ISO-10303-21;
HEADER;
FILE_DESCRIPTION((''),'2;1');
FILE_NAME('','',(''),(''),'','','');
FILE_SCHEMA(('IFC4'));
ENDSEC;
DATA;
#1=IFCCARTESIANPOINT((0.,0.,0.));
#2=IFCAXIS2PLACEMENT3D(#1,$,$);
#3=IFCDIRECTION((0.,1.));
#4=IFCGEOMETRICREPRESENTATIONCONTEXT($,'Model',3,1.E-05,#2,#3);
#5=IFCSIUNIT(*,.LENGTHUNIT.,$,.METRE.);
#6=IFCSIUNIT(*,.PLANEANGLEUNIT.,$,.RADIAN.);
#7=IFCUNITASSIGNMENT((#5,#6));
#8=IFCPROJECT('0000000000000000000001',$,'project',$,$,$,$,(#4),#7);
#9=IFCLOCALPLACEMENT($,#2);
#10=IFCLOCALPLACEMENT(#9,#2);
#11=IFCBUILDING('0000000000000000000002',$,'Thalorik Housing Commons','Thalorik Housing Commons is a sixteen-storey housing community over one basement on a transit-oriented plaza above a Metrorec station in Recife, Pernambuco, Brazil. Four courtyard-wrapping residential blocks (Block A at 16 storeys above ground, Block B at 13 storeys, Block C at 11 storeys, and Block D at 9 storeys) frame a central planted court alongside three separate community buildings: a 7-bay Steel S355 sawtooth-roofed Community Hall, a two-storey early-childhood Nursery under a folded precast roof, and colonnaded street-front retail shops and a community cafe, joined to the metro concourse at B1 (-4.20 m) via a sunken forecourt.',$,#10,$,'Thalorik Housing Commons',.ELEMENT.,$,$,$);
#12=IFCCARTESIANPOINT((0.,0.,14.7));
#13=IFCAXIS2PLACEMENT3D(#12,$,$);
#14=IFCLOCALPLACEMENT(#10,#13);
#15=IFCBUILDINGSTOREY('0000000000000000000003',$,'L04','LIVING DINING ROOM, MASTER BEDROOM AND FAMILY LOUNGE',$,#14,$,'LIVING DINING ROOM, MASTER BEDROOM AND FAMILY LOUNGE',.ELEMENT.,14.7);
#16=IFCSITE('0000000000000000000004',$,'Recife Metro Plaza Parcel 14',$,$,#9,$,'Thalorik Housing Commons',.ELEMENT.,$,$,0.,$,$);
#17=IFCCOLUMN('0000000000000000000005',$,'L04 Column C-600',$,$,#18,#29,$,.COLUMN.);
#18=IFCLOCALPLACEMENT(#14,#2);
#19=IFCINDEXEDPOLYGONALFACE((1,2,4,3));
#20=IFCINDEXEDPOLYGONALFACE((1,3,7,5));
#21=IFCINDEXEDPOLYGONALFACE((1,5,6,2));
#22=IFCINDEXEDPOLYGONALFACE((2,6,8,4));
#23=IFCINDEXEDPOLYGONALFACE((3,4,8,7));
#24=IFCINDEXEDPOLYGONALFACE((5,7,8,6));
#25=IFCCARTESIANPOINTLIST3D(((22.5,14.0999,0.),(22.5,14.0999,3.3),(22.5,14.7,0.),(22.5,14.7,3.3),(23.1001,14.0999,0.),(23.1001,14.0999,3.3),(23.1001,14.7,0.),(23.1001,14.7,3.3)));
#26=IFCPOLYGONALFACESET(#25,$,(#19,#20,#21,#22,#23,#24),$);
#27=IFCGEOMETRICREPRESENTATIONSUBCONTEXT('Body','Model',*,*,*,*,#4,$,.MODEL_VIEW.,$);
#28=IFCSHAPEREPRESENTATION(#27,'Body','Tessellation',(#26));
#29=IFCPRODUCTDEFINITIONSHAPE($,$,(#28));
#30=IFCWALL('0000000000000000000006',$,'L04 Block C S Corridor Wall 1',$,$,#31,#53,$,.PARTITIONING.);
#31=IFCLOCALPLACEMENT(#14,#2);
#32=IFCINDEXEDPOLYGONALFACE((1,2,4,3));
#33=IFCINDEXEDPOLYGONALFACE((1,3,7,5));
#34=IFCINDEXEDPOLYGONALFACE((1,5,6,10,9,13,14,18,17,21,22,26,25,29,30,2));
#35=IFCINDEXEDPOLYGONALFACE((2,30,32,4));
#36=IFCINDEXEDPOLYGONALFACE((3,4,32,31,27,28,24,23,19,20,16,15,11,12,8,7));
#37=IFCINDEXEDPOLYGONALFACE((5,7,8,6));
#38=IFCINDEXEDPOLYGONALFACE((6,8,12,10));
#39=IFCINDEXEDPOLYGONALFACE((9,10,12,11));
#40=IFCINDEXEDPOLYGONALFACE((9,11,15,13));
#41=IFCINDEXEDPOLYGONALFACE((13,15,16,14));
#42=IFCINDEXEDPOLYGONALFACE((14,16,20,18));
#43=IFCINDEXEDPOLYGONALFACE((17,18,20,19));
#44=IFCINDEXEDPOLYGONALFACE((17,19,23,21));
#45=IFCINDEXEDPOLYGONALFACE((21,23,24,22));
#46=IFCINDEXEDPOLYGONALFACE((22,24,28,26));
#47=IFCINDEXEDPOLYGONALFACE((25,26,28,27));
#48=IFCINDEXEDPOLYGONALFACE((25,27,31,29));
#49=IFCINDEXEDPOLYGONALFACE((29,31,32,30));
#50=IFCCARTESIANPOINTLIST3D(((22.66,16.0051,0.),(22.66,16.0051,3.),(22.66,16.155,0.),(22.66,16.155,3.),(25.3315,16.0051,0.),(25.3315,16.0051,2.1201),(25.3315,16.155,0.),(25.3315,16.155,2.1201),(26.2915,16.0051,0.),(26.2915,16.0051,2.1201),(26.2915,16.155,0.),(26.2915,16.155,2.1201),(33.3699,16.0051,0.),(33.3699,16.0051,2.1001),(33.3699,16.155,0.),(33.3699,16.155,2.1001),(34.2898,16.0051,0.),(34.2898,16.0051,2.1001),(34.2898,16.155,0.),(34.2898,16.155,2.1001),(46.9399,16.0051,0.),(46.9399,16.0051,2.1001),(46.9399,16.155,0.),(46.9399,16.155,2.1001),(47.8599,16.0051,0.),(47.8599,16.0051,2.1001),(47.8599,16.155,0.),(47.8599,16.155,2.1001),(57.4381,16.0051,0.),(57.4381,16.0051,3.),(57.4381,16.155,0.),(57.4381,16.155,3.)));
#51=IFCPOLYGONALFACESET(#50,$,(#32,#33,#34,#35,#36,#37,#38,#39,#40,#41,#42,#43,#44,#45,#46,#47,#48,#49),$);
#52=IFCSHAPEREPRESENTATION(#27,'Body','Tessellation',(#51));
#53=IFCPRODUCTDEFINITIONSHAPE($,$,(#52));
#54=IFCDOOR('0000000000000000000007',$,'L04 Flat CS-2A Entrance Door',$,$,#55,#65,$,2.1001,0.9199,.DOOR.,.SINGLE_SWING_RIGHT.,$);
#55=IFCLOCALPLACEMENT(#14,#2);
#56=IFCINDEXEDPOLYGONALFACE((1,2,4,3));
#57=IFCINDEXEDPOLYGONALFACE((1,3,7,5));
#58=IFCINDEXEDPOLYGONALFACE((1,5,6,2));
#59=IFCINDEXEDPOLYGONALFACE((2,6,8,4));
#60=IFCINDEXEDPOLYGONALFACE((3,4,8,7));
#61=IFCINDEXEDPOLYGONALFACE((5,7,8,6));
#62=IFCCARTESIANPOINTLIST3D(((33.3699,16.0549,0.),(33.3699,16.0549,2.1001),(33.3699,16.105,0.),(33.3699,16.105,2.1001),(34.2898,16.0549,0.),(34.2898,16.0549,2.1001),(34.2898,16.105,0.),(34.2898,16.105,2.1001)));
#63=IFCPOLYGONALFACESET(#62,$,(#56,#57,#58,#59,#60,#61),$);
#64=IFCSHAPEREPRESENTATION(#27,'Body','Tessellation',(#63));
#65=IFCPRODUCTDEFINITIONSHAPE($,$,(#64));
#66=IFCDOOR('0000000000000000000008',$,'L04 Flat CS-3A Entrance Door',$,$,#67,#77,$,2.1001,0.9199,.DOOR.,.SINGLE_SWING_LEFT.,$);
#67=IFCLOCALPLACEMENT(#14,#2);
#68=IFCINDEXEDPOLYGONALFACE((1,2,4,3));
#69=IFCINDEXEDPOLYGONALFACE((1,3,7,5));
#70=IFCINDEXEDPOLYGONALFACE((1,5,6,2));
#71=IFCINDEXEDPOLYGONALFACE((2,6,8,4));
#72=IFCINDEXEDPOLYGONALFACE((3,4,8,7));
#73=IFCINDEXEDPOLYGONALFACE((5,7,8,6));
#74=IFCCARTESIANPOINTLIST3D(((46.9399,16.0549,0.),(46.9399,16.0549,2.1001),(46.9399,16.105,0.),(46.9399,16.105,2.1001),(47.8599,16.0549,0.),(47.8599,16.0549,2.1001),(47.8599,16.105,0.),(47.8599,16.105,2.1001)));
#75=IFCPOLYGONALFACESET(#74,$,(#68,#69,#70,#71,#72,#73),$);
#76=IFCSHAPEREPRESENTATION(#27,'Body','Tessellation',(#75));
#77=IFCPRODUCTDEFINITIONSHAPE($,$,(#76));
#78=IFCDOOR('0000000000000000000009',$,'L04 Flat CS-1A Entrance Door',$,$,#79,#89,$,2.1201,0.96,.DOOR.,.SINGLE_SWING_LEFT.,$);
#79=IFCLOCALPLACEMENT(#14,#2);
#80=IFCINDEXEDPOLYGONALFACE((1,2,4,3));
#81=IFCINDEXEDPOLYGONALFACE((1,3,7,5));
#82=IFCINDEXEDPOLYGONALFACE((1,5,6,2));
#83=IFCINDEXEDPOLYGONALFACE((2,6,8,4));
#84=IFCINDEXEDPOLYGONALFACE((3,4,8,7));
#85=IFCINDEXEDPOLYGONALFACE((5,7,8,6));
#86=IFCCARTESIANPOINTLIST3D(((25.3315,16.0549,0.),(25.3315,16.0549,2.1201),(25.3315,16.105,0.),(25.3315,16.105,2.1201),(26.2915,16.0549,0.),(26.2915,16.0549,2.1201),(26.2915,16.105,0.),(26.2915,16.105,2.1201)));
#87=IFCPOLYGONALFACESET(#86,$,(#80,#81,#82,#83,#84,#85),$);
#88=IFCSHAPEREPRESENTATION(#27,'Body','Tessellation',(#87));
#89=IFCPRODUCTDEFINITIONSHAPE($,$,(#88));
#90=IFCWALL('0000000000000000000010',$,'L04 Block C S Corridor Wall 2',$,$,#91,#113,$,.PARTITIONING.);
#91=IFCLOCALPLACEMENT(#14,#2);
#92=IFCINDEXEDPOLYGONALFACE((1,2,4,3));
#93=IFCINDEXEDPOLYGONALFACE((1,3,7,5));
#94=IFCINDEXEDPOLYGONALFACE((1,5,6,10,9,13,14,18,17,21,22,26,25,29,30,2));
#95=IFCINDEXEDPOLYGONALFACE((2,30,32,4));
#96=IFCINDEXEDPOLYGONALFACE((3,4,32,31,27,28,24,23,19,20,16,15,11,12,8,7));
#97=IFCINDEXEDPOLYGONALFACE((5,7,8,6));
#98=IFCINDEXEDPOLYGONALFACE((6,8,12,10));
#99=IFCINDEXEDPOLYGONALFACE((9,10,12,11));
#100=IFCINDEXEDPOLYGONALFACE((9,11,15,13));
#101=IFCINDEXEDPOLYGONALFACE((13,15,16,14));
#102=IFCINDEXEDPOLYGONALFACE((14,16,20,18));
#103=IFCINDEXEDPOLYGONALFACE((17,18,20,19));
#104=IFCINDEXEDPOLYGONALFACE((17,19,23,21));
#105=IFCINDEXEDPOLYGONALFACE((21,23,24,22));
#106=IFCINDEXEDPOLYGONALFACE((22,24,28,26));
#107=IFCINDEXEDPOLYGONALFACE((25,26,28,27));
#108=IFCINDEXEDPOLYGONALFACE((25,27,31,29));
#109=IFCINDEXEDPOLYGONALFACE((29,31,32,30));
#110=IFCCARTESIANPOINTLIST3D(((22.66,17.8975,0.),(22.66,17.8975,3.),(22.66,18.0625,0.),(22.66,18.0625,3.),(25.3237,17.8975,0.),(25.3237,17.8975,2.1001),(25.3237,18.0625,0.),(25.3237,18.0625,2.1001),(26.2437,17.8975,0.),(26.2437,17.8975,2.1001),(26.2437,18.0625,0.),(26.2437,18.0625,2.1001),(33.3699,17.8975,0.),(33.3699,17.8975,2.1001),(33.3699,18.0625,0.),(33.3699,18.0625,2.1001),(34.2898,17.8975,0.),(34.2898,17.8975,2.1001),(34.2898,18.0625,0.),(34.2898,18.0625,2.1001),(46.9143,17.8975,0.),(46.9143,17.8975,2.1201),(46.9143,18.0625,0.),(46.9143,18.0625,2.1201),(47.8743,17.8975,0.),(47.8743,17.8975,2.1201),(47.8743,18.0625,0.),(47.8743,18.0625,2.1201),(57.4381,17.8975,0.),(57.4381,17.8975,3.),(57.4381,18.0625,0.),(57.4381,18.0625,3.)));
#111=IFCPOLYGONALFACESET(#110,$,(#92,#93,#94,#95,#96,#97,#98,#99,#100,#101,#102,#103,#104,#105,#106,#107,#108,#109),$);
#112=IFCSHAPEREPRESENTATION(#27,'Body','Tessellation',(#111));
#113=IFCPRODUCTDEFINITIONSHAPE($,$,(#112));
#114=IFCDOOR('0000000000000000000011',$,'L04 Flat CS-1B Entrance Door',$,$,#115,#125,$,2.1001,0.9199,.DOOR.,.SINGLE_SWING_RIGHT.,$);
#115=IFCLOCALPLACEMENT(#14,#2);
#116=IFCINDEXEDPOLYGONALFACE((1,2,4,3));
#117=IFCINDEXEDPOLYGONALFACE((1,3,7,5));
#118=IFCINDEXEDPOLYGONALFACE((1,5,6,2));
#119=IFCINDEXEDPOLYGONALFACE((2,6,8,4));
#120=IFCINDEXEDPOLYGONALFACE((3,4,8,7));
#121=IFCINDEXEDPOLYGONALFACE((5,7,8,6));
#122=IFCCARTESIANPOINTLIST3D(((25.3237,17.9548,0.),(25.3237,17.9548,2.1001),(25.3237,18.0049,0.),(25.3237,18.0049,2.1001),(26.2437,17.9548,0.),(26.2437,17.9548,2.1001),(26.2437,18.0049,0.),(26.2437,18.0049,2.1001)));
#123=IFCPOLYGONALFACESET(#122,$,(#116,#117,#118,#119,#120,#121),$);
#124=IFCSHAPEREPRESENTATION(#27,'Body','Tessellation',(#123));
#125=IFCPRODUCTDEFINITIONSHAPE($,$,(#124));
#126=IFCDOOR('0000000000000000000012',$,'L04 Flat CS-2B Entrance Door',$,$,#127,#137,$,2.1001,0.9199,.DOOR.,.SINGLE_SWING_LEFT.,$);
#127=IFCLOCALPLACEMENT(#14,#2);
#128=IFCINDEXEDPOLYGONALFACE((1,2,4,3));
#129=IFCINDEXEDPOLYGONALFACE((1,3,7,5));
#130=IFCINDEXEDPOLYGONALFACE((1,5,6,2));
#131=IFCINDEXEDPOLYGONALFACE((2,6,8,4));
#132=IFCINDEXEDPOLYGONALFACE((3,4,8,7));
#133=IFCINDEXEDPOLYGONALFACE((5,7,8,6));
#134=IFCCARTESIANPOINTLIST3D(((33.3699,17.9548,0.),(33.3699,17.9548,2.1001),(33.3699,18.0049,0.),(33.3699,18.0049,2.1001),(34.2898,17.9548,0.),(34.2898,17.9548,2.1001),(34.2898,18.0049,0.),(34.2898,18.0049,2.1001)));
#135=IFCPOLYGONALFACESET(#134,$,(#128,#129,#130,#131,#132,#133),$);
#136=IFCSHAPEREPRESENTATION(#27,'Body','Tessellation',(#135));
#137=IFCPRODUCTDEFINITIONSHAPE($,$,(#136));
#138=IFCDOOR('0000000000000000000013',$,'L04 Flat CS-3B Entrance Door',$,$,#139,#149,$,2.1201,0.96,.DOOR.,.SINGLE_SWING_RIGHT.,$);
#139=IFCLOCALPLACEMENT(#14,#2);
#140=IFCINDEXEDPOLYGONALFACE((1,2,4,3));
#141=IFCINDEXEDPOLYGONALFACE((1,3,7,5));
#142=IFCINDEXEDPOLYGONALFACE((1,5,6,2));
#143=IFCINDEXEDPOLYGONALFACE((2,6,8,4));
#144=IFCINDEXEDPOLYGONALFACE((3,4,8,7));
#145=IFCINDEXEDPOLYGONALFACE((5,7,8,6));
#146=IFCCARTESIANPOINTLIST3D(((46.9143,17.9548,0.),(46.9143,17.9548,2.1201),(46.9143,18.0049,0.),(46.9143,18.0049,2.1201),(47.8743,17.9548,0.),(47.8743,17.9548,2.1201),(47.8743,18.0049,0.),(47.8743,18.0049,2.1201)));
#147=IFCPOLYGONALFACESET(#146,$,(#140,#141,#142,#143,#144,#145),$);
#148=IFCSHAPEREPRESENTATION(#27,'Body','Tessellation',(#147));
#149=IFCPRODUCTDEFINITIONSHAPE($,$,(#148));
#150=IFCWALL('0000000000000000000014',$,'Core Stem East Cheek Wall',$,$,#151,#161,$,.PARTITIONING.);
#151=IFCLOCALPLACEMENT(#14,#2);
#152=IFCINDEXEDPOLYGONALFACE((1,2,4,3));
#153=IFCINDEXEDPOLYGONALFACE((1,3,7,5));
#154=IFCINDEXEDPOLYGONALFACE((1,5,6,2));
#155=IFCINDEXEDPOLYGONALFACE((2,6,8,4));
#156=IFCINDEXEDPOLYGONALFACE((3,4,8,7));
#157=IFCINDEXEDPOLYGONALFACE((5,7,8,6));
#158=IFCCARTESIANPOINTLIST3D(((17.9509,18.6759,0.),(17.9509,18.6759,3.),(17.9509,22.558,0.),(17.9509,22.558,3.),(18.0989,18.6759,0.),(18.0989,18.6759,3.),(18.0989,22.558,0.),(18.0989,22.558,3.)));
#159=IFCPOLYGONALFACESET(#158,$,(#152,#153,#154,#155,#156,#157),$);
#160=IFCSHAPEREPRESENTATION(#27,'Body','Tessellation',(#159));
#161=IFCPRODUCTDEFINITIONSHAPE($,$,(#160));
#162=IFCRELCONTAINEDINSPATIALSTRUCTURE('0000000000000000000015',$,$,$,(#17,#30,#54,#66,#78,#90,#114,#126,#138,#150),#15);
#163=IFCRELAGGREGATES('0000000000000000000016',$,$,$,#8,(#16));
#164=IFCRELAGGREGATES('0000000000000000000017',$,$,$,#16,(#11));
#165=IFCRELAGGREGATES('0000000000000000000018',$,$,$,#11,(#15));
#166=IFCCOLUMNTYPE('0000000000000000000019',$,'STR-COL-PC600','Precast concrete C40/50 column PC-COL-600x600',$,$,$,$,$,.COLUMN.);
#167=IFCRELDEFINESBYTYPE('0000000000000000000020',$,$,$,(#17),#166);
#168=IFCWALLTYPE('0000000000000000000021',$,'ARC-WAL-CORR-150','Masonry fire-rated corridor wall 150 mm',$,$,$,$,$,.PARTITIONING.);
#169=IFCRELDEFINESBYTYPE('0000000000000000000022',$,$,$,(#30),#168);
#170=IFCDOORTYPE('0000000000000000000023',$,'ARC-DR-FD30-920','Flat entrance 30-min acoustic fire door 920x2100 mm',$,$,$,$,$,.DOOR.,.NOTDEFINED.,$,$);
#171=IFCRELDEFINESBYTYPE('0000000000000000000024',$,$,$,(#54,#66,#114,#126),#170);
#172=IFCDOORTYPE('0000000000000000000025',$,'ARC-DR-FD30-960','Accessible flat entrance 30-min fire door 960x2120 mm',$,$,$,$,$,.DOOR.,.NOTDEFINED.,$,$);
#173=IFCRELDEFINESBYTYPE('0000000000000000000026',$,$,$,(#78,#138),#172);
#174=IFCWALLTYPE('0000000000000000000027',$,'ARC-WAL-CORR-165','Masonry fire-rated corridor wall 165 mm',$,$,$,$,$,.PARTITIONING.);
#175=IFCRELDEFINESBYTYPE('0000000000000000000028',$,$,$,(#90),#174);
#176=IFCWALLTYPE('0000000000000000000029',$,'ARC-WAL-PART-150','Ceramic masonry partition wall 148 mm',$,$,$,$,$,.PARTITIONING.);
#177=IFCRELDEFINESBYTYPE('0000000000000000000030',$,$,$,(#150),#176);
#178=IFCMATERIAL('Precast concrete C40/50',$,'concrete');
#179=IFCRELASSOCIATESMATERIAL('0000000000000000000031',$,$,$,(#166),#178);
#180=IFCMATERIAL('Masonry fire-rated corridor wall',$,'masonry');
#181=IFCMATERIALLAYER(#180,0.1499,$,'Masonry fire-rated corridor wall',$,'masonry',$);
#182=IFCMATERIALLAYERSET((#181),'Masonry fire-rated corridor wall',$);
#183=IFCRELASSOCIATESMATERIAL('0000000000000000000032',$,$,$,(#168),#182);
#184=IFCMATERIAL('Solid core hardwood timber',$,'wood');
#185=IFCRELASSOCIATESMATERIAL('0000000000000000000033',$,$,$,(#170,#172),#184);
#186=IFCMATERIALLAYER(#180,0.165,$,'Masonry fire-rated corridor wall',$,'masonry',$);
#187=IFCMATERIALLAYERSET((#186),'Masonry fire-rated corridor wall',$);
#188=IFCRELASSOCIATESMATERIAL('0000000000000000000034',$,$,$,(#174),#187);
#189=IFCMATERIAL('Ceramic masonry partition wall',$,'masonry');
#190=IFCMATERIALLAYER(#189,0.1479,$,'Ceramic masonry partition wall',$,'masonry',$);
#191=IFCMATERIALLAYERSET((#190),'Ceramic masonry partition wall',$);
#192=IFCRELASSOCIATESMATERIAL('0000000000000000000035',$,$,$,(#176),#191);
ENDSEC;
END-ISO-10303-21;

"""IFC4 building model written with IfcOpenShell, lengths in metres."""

from ifc_helpers import new_model, si_unit, direction, frame, frame_2d, origin, origin_2d, place, context, subcontext, project, spatial, rectangle, extrude, material, layer, layer_set, material_profile, profile_set, type_object, element, fill, save


model = new_model("IFC4")

# Units and contexts
model_context = context("Model", 3, precision=1e-05, world=origin(), true_north=direction((0.0, 1.0)))
body_context = subcontext(model_context, "Body", "Model", "MODEL_VIEW")
ifc_project = project(units=[si_unit("LENGTHUNIT", "METRE"), si_unit("PLANEANGLEUNIT", "RADIAN")], contexts=[model_context])

# Site, building, storey
site_placement = place(None, origin())
site = spatial("IfcSite", under=ifc_project, at=site_placement, Name="Recife Metro Plaza Parcel 14", LongName="Thalorik Housing Commons", CompositionType="ELEMENT", RefElevation=0.0)
building_placement = place(site_placement, origin())
building = spatial("IfcBuilding", under=site, at=building_placement, Name="Thalorik Housing Commons", Description="Thalorik Housing Commons is a sixteen-storey housing community over one basement on a transit-oriented plaza above a Metrorec station in Recife, Pernambuco, Brazil. Four courtyard-wrapping residential blocks (Block A at 16 storeys above ground, Block B at 13 storeys, Block C at 11 storeys, and Block D at 9 storeys) frame a central planted court alongside three separate community buildings: a 7-bay Steel S355 sawtooth-roofed Community Hall, a two-storey early-childhood Nursery under a folded precast roof, and colonnaded street-front retail shops and a community cafe, joined to the metro concourse at B1 (-4.20 m) via a sunken forecourt.", LongName="Thalorik Housing Commons", CompositionType="ELEMENT")
storey_placement = place(building_placement, frame((0.0, 0.0, 14.7)))
storey = spatial("IfcBuildingStorey", under=building, at=storey_placement, Name="L04", Description="LIVING DINING ROOM, MASTER BEDROOM AND FAMILY LOUNGE", LongName="LIVING DINING ROOM, MASTER BEDROOM AND FAMILY LOUNGE", CompositionType="ELEMENT", Elevation=14.7)

# Column
ifc_material_1 = material(Name="Precast concrete C40/50", Category="concrete")
ifc_material_profile = material_profile(ifc_material_1, rectangle(XDim=0.6001, YDim=0.6001, at=origin_2d()), Name="PC 600x600", Category="concrete")
ifc_profile_set = profile_set([ifc_material_profile], Name="Precast concrete C40/50")
column_type = type_object("IfcColumnType", Name="STR-COL-PC600", Description="Precast concrete C40/50 column PC-COL-600x600", PredefinedType="COLUMN", material=ifc_profile_set)
column_placement = place(storey_placement, frame((22.8, 14.3999, 0.0), z_axis=(0.0, 0.0, 1.0), x_axis=(1.0, 0.0, 0.0)))
element("IfcColumn", 1, at=column_placement, inside=storey, type_object=column_type, Name="L04 Column C-600", PredefinedType="COLUMN", context=body_context, shape_type="SweptSolid", body=[
    extrude(rectangle(XDim=0.6001, YDim=0.6001, at=origin_2d()), origin(), (0.0, 0.0, 1.0), 3.3),
])

# Walls, openings, doors
ifc_material_2 = material(Name="Masonry fire-rated corridor wall", Category="masonry")
ifc_layer_1 = layer(ifc_material_2, 0.1499, Name="Masonry fire-rated corridor wall", Category="masonry")
ifc_layer_set_1 = layer_set([ifc_layer_1], Name="Masonry fire-rated corridor wall")
wall_type_1 = type_object("IfcWallType", Name="ARC-WAL-CORR-150", Description="Masonry fire-rated corridor wall 150 mm", PredefinedType="PARTITIONING", material=ifc_layer_set_1)
wall_1_placement = place(storey_placement, frame((22.6599, 16.0801, 0.0), z_axis=(0.0, 0.0, 1.0), x_axis=(1.0, 0.0, 0.0)))
wall_1 = element("IfcWall", 2, at=wall_1_placement, inside=storey, type_object=wall_type_1, Name="L04 Block C S Corridor Wall 1", PredefinedType="PARTITIONING", context=body_context, shape_type="SweptSolid", body=[
    extrude(rectangle(XDim=34.7781, YDim=0.1499, at=frame_2d((17.3892, 0.0))), origin(), (0.0, 0.0, 1.0), 3.0),
])
opening_1_placement = place(wall_1_placement, frame((2.6716, 0.0, 0.0)))
opening_1 = element("IfcOpeningElement", 3, at=opening_1_placement, cuts=wall_1, PredefinedType="OPENING", context=body_context, shape_type="SweptSolid", body=[
    extrude(rectangle(XDim=0.96, YDim=2.1201, at=frame_2d((0.48, 1.0601))), frame((0.0, 0.085, 0.0), z_axis=(0.0, -1.0, 0.0), x_axis=(1.0, 0.0, 0.0)), (0.0, 0.0, 1.0), 0.1699),
])
opening_2_placement = place(wall_1_placement, frame((10.71, 0.0, 0.0)))
opening_2 = element("IfcOpeningElement", 4, at=opening_2_placement, cuts=wall_1, PredefinedType="OPENING", context=body_context, shape_type="SweptSolid", body=[
    extrude(rectangle(XDim=0.9199, YDim=2.1001, at=frame_2d((0.46, 1.05))), frame((0.0, 0.085, 0.0), z_axis=(0.0, -1.0, 0.0), x_axis=(1.0, 0.0, 0.0)), (0.0, 0.0, 1.0), 0.1699),
])
opening_3_placement = place(wall_1_placement, frame((24.28, 0.0, 0.0)))
opening_3 = element("IfcOpeningElement", 5, at=opening_3_placement, cuts=wall_1, PredefinedType="OPENING", context=body_context, shape_type="SweptSolid", body=[
    extrude(rectangle(XDim=0.9199, YDim=2.1001, at=frame_2d((0.46, 1.05))), frame((0.0, 0.085, 0.0), z_axis=(0.0, -1.0, 0.0), x_axis=(1.0, 0.0, 0.0)), (0.0, 0.0, 1.0), 0.1699),
])
ifc_material_3 = material(Name="Solid core hardwood timber", Category="wood")
door_type_1 = type_object("IfcDoorType", Name="ARC-DR-FD30-920", Description="Flat entrance 30-min acoustic fire door 920x2100 mm", OperationType="NOTDEFINED", PredefinedType="DOOR", material=ifc_material_3)
door_1_placement = place(opening_2_placement, origin())
door_1 = element("IfcDoor", 6, at=door_1_placement, inside=storey, type_object=door_type_1, Name="L04 Flat CS-2A Entrance Door", OperationType="SINGLE_SWING_RIGHT", OverallHeight=2.1001, OverallWidth=0.9199, PredefinedType="DOOR", context=body_context, shape_type="SweptSolid", body=[
    extrude(rectangle(XDim=0.9199, YDim=2.1001, at=frame_2d((0.46, 1.05))), frame((0.0, 0.0249, 0.0), z_axis=(0.0, -1.0, 0.0), x_axis=(1.0, 0.0, 0.0)), (0.0, 0.0, 1.0), 0.05),
])
fill(opening_2, door_1)
door_2_placement = place(opening_3_placement, origin())
door_2 = element("IfcDoor", 7, at=door_2_placement, inside=storey, type_object=door_type_1, Name="L04 Flat CS-3A Entrance Door", OperationType="SINGLE_SWING_LEFT", OverallHeight=2.1001, OverallWidth=0.9199, PredefinedType="DOOR", context=body_context, shape_type="SweptSolid", body=[
    extrude(rectangle(XDim=0.9199, YDim=2.1001, at=frame_2d((0.46, 1.05))), frame((0.0, 0.0249, 0.0), z_axis=(0.0, -1.0, 0.0), x_axis=(1.0, 0.0, 0.0)), (0.0, 0.0, 1.0), 0.05),
])
fill(opening_3, door_2)
door_type_2 = type_object("IfcDoorType", Name="ARC-DR-FD30-960", Description="Accessible flat entrance 30-min fire door 960x2120 mm", OperationType="NOTDEFINED", PredefinedType="DOOR", material=ifc_material_3)
door_3_placement = place(opening_1_placement, origin())
door_3 = element("IfcDoor", 8, at=door_3_placement, inside=storey, type_object=door_type_2, Name="L04 Flat CS-1A Entrance Door", OperationType="SINGLE_SWING_LEFT", OverallHeight=2.1201, OverallWidth=0.96, PredefinedType="DOOR", context=body_context, shape_type="SweptSolid", body=[
    extrude(rectangle(XDim=0.96, YDim=2.1201, at=frame_2d((0.48, 1.0601))), frame((0.0, 0.0249, 0.0), z_axis=(0.0, -1.0, 0.0), x_axis=(1.0, 0.0, 0.0)), (0.0, 0.0, 1.0), 0.05),
])
fill(opening_1, door_3)
ifc_layer_2 = layer(ifc_material_2, 0.165, Name="Masonry fire-rated corridor wall", Category="masonry")
ifc_layer_set_2 = layer_set([ifc_layer_2], Name="Masonry fire-rated corridor wall")
wall_type_2 = type_object("IfcWallType", Name="ARC-WAL-CORR-165", Description="Masonry fire-rated corridor wall 165 mm", PredefinedType="PARTITIONING", material=ifc_layer_set_2)
wall_2_placement = place(storey_placement, frame((22.6599, 17.98, 0.0), z_axis=(0.0, 0.0, 1.0), x_axis=(1.0, 0.0, 0.0)))
wall_2 = element("IfcWall", 9, at=wall_2_placement, inside=storey, type_object=wall_type_2, Name="L04 Block C S Corridor Wall 2", PredefinedType="PARTITIONING", context=body_context, shape_type="SweptSolid", body=[
    extrude(rectangle(XDim=34.7781, YDim=0.165, at=frame_2d((17.3892, 0.0))), origin(), (0.0, 0.0, 1.0), 3.0),
])
opening_4_placement = place(wall_2_placement, frame((2.6638, 0.0, 0.0)))
opening_4 = element("IfcOpeningElement", 10, at=opening_4_placement, cuts=wall_2, PredefinedType="OPENING", context=body_context, shape_type="SweptSolid", body=[
    extrude(rectangle(XDim=0.9199, YDim=2.1001, at=frame_2d((0.46, 1.05))), frame((0.0, 0.0925, 0.0), z_axis=(0.0, -1.0, 0.0), x_axis=(1.0, 0.0, 0.0)), (0.0, 0.0, 1.0), 0.1851),
])
opening_5_placement = place(wall_2_placement, frame((10.71, 0.0, 0.0)))
opening_5 = element("IfcOpeningElement", 11, at=opening_5_placement, cuts=wall_2, PredefinedType="OPENING", context=body_context, shape_type="SweptSolid", body=[
    extrude(rectangle(XDim=0.9199, YDim=2.1001, at=frame_2d((0.46, 1.05))), frame((0.0, 0.0925, 0.0), z_axis=(0.0, -1.0, 0.0), x_axis=(1.0, 0.0, 0.0)), (0.0, 0.0, 1.0), 0.1851),
])
opening_6_placement = place(wall_2_placement, frame((24.2544, 0.0, 0.0)))
opening_6 = element("IfcOpeningElement", 12, at=opening_6_placement, cuts=wall_2, PredefinedType="OPENING", context=body_context, shape_type="SweptSolid", body=[
    extrude(rectangle(XDim=0.96, YDim=2.1201, at=frame_2d((0.48, 1.0601))), frame((0.0, 0.0925, 0.0), z_axis=(0.0, -1.0, 0.0), x_axis=(1.0, 0.0, 0.0)), (0.0, 0.0, 1.0), 0.1851),
])
door_4_placement = place(opening_4_placement, origin())
door_4 = element("IfcDoor", 13, at=door_4_placement, inside=storey, type_object=door_type_1, Name="L04 Flat CS-1B Entrance Door", OperationType="SINGLE_SWING_RIGHT", OverallHeight=2.1001, OverallWidth=0.9199, PredefinedType="DOOR", context=body_context, shape_type="SweptSolid", body=[
    extrude(rectangle(XDim=0.9199, YDim=2.1001, at=frame_2d((0.46, 1.05))), frame((0.0, 0.0249, 0.0), z_axis=(0.0, -1.0, 0.0), x_axis=(1.0, 0.0, 0.0)), (0.0, 0.0, 1.0), 0.05),
])
fill(opening_4, door_4)
door_5_placement = place(opening_5_placement, origin())
door_5 = element("IfcDoor", 14, at=door_5_placement, inside=storey, type_object=door_type_1, Name="L04 Flat CS-2B Entrance Door", OperationType="SINGLE_SWING_LEFT", OverallHeight=2.1001, OverallWidth=0.9199, PredefinedType="DOOR", context=body_context, shape_type="SweptSolid", body=[
    extrude(rectangle(XDim=0.9199, YDim=2.1001, at=frame_2d((0.46, 1.05))), frame((0.0, 0.0249, 0.0), z_axis=(0.0, -1.0, 0.0), x_axis=(1.0, 0.0, 0.0)), (0.0, 0.0, 1.0), 0.05),
])
fill(opening_5, door_5)
door_6_placement = place(opening_6_placement, origin())
door_6 = element("IfcDoor", 15, at=door_6_placement, inside=storey, type_object=door_type_2, Name="L04 Flat CS-3B Entrance Door", OperationType="SINGLE_SWING_RIGHT", OverallHeight=2.1201, OverallWidth=0.96, PredefinedType="DOOR", context=body_context, shape_type="SweptSolid", body=[
    extrude(rectangle(XDim=0.96, YDim=2.1201, at=frame_2d((0.48, 1.0601))), frame((0.0, 0.0249, 0.0), z_axis=(0.0, -1.0, 0.0), x_axis=(1.0, 0.0, 0.0)), (0.0, 0.0, 1.0), 0.05),
])
fill(opening_6, door_6)

# Wall
ifc_material_4 = material(Name="Ceramic masonry partition wall", Category="masonry")
ifc_layer_3 = layer(ifc_material_4, 0.1479, Name="Ceramic masonry partition wall", Category="masonry")
ifc_layer_set_3 = layer_set([ifc_layer_3], Name="Ceramic masonry partition wall")
wall_type_3 = type_object("IfcWallType", Name="ARC-WAL-PART-150", Description="Ceramic masonry partition wall 148 mm", PredefinedType="PARTITIONING", material=ifc_layer_set_3)
wall_3_placement = place(storey_placement, frame((18.0249, 18.676, 0.0), z_axis=(0.0, 0.0, 1.0), x_axis=(0.0, 1.0, 0.0)))
element("IfcWall", 16, at=wall_3_placement, inside=storey, type_object=wall_type_3, Name="Core Stem East Cheek Wall", PredefinedType="PARTITIONING", context=body_context, shape_type="SweptSolid", body=[
    extrude(rectangle(XDim=3.8821, YDim=0.1479, at=frame_2d((1.9409, 0.0))), origin(), (0.0, 0.0, 1.0), 3.0),
])

save(model, "model.ifc")
